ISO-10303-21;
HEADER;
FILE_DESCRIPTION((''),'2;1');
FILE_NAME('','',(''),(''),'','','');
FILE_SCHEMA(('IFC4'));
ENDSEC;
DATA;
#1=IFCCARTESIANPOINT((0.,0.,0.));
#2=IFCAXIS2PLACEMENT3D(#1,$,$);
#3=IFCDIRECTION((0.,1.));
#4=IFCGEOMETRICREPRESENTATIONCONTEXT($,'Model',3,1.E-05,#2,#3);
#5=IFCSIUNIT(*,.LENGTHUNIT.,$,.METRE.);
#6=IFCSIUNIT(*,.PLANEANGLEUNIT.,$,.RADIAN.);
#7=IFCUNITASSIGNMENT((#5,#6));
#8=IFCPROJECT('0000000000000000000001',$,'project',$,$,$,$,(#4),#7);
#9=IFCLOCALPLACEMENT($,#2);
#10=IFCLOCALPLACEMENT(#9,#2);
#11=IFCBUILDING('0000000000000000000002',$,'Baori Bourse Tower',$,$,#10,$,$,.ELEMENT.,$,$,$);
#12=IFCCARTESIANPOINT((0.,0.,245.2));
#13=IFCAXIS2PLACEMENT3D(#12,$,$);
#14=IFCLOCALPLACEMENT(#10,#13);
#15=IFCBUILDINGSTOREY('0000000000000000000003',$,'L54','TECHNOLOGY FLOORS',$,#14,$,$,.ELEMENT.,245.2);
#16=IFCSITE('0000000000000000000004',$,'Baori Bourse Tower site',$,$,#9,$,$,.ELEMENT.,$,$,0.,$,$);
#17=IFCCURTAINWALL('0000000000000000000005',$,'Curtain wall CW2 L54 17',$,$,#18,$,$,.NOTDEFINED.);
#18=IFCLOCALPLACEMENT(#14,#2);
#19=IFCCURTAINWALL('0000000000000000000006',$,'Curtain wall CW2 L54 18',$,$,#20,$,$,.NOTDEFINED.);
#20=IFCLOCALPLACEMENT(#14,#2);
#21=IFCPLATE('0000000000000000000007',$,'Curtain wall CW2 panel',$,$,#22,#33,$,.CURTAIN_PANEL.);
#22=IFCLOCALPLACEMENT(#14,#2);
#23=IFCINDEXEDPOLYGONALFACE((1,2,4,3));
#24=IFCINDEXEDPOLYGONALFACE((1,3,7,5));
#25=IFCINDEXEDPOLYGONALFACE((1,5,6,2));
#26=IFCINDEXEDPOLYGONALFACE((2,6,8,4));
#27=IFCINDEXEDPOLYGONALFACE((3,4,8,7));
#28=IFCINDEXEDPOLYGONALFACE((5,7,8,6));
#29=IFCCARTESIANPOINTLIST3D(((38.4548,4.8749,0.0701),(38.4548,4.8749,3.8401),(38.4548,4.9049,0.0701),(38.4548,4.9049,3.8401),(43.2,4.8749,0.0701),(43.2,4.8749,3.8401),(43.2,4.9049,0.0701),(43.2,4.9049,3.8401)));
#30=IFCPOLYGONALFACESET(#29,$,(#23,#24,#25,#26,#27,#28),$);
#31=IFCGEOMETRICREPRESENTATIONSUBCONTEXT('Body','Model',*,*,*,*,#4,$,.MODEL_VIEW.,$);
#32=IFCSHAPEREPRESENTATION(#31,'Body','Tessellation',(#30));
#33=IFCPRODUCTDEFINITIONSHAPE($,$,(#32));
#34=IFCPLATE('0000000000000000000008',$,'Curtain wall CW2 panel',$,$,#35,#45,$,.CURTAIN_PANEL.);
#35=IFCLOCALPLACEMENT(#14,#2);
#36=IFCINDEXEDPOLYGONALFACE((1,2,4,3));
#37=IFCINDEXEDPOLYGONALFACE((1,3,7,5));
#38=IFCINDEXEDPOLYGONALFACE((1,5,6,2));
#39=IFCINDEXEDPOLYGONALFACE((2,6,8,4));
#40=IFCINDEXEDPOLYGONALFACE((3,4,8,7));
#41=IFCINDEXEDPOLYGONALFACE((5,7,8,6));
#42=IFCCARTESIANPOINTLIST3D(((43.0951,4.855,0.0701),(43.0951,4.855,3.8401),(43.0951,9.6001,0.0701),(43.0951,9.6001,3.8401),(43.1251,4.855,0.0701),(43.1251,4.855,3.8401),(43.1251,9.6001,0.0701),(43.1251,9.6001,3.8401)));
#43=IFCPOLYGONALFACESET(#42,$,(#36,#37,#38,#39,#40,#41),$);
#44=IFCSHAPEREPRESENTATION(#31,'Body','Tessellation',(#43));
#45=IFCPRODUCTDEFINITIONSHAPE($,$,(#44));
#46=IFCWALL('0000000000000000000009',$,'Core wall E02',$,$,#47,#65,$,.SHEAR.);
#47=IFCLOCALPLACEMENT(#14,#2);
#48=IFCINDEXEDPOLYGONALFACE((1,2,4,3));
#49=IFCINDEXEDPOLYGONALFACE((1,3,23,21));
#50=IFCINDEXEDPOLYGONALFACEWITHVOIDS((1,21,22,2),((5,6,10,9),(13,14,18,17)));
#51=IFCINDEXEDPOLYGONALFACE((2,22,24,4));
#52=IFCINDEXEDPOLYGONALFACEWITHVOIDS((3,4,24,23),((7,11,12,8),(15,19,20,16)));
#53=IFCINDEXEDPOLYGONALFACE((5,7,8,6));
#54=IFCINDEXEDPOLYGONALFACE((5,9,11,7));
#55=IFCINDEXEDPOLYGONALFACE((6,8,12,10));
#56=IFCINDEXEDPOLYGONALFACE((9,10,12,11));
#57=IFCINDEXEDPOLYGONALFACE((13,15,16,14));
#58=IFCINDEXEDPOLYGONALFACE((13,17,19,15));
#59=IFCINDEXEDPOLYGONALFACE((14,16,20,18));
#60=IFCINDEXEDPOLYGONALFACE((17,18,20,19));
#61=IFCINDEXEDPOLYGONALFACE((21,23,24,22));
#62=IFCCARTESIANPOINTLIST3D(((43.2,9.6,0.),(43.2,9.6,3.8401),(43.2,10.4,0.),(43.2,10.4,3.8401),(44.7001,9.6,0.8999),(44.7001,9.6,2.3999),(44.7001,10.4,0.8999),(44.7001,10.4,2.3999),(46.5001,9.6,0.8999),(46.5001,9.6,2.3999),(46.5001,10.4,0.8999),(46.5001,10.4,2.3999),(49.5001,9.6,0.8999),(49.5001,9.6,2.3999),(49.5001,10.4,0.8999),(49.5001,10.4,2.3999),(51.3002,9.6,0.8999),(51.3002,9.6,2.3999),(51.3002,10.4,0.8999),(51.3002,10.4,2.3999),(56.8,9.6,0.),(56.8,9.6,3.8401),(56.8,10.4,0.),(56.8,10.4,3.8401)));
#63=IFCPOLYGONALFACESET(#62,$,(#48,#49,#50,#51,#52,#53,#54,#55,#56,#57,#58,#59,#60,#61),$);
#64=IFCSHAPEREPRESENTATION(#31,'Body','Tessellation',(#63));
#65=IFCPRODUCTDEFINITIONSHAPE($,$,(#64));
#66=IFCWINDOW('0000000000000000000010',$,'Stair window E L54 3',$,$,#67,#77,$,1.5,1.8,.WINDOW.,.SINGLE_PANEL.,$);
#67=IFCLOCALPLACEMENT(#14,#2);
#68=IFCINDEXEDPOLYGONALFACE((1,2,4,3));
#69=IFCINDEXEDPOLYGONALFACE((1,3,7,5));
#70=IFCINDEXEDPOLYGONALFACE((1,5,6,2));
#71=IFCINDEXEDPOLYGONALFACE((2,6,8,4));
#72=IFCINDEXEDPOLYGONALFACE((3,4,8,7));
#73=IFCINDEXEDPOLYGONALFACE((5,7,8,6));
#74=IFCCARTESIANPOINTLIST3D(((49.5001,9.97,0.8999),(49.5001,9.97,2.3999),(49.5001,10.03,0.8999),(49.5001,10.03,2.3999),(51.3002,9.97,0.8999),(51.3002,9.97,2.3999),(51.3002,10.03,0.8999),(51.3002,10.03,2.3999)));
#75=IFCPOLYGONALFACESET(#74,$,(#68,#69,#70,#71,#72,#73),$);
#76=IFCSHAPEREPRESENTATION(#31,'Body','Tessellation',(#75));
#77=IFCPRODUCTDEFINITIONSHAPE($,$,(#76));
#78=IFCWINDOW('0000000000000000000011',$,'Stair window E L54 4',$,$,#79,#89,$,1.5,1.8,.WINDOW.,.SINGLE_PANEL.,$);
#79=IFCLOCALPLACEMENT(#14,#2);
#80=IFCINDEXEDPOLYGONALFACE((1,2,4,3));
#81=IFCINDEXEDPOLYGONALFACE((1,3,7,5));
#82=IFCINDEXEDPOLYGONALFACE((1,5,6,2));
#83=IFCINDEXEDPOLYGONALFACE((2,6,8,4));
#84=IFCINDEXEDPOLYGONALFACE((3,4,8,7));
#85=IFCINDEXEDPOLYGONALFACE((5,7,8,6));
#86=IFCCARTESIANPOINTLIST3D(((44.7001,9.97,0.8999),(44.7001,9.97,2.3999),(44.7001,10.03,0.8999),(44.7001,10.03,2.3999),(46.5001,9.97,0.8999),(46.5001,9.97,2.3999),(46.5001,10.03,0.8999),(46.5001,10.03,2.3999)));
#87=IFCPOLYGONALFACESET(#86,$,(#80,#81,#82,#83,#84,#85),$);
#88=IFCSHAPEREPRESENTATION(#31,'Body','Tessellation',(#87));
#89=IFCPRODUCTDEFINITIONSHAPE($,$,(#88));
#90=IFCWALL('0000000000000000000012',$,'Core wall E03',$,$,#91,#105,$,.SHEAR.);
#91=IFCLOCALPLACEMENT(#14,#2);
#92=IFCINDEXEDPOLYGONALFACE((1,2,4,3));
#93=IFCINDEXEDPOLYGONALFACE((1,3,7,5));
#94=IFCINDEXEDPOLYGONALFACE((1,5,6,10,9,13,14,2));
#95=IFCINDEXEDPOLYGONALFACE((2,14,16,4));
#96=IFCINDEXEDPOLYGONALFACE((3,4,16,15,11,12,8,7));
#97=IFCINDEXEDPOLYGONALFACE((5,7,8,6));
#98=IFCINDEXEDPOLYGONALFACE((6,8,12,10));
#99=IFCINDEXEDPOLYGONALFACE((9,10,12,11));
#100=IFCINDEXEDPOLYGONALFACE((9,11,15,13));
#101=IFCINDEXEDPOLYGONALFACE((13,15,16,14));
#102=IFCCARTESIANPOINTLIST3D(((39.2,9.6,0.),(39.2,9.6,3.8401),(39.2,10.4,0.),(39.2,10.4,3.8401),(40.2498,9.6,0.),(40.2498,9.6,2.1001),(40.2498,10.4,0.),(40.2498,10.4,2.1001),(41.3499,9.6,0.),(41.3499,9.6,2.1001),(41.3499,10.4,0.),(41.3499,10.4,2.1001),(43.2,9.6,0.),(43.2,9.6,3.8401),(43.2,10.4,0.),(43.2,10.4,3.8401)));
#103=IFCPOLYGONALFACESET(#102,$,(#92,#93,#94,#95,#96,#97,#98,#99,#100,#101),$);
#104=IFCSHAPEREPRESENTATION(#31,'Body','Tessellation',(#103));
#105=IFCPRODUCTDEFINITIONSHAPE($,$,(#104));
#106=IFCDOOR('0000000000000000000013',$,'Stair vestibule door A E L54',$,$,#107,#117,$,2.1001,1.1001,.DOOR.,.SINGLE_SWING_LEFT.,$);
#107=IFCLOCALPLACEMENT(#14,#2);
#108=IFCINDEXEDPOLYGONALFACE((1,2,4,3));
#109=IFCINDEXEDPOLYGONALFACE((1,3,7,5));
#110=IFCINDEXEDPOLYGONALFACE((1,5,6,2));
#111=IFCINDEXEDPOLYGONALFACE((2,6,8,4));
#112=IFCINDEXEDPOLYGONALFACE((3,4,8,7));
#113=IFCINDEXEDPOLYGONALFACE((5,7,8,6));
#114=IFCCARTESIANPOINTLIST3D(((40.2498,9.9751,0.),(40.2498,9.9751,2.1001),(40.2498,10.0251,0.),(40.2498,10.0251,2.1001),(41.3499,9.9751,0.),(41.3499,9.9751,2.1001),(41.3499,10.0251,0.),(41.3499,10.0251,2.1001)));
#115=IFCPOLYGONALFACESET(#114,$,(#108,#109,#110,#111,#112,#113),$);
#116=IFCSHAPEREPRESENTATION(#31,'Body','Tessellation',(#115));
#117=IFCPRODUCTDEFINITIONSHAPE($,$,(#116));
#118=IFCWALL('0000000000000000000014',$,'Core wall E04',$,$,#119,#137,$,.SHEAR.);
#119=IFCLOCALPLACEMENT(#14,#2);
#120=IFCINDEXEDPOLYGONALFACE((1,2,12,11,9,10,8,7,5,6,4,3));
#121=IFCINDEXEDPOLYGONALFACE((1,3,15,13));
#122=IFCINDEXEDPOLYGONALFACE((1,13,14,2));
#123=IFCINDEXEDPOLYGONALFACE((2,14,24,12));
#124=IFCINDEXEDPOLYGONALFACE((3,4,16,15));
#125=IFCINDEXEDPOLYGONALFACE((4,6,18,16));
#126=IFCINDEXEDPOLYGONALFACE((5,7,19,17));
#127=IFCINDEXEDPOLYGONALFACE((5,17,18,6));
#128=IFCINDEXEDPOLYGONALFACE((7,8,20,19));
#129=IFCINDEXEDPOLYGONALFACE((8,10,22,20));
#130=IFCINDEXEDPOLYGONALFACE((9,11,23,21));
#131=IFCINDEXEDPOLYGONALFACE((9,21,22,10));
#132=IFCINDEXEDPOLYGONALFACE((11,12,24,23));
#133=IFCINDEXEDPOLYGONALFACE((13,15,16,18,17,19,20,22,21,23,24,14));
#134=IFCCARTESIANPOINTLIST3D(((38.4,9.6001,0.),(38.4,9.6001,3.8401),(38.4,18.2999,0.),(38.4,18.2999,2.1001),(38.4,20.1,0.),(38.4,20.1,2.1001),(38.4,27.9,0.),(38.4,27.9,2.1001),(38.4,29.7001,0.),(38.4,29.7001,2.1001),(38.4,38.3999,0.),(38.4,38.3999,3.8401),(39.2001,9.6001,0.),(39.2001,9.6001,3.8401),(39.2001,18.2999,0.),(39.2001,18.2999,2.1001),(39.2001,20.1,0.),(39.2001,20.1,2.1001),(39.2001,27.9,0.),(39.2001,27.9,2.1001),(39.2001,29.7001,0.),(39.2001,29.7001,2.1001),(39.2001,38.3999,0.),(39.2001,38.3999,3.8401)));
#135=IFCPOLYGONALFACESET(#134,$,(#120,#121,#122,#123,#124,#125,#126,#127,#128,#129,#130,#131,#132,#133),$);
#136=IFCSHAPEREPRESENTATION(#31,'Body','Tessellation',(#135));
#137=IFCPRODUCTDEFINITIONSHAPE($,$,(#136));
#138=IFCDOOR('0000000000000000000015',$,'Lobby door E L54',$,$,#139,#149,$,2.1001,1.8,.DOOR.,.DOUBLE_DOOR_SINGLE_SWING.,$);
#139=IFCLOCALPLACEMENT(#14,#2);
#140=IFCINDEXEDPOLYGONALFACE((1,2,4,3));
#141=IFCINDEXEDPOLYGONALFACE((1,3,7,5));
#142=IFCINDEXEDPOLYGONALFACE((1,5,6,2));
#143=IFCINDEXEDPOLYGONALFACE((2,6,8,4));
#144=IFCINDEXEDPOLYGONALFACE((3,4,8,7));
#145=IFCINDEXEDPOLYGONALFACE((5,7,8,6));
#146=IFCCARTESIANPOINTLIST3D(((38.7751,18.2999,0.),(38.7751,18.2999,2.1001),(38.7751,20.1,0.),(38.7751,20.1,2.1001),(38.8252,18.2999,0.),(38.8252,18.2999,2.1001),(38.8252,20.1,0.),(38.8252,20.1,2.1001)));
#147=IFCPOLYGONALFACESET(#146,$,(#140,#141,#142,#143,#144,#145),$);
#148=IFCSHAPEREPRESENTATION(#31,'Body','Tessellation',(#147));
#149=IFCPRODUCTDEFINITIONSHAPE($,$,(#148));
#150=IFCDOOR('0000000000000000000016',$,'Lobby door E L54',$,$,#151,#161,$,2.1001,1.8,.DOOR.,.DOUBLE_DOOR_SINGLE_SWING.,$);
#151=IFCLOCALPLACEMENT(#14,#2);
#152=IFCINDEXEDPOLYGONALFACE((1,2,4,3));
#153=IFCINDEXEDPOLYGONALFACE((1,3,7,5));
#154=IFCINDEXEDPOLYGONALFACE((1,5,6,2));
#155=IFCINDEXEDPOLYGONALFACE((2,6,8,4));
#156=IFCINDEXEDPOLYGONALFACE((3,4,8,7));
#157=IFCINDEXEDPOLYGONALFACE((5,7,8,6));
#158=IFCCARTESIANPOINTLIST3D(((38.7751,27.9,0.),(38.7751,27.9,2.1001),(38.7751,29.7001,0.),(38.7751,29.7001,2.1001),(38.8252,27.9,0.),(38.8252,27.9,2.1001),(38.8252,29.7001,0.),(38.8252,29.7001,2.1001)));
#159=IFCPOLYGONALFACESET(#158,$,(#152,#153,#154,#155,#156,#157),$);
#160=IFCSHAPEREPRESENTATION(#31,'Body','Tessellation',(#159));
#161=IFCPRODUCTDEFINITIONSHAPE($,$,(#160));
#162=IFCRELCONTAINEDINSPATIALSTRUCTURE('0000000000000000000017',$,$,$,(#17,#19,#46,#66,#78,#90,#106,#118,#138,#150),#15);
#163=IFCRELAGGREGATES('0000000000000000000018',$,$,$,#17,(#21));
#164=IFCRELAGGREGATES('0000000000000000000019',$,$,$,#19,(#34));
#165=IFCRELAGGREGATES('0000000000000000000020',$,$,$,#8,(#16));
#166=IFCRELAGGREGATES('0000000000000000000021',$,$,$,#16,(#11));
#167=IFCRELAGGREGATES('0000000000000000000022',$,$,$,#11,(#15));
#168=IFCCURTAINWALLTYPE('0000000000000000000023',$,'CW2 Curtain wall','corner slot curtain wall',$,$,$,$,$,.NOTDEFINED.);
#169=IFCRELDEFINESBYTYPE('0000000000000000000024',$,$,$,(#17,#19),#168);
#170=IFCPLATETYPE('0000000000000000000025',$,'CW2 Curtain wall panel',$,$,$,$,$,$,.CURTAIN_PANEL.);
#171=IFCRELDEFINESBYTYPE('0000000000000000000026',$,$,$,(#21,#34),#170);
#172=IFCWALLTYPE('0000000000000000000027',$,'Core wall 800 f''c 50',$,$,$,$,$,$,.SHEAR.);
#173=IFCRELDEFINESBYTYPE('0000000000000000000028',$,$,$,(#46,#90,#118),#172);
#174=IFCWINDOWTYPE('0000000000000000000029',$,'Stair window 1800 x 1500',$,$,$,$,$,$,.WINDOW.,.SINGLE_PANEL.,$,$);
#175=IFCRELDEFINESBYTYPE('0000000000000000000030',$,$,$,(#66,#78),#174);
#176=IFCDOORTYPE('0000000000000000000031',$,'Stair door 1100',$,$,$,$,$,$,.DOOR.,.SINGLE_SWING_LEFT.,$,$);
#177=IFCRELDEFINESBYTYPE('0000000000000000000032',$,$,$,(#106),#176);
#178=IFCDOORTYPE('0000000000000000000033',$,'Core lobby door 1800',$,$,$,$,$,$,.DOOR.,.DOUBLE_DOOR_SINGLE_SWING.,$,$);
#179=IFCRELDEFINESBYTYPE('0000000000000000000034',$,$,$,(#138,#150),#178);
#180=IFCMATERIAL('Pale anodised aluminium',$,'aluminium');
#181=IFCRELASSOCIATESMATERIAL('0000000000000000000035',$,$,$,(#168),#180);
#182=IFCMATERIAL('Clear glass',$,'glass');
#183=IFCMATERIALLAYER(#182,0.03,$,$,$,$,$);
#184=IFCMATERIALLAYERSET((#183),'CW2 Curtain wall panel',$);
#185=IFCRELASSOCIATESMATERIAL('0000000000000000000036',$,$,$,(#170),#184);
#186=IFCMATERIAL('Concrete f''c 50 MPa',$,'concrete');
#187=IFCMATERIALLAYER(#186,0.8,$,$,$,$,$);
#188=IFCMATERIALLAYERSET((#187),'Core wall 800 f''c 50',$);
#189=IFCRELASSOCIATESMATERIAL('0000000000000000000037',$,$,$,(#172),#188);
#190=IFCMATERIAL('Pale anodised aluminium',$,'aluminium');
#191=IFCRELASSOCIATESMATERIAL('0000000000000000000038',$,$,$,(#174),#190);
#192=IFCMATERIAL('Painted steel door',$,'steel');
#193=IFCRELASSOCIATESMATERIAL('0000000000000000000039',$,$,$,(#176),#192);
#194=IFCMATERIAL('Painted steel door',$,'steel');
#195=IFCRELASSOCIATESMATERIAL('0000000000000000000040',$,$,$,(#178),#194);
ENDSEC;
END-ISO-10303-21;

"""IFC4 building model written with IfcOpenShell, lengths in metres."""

from ifc_helpers import new_model, si_unit, direction, frame, frame_2d, origin, origin_2d, place, context, subcontext, project, spatial, rectangle, extrude, material, layer, layer_set, type_object, element, fill, aggregate, save


model = new_model("IFC4")

# Units and contexts
model_context = context("Model", 3, precision=1e-05, world=origin(), true_north=direction((0.0, 1.0)))
body_context = subcontext(model_context, "Body", "Model", "MODEL_VIEW")
ifc_project = project(units=[si_unit("LENGTHUNIT", "METRE"), si_unit("PLANEANGLEUNIT", "RADIAN")], contexts=[model_context])

# Site, building, storey
site_placement = place(None, origin())
site = spatial("IfcSite", under=ifc_project, at=site_placement, Name="Baori Bourse Tower site", CompositionType="ELEMENT", RefElevation=0.0)
building_placement = place(site_placement, origin())
building = spatial("IfcBuilding", under=site, at=building_placement, Name="Baori Bourse Tower", CompositionType="ELEMENT")
storey_placement = place(building_placement, frame((0.0, 0.0, 245.2)))
storey = spatial("IfcBuildingStorey", under=building, at=storey_placement, Name="L54", Description="TECHNOLOGY FLOORS", CompositionType="ELEMENT", Elevation=245.2)

# Curtain walls
ifc_material_1 = material(Name="Pale anodised aluminium", Category="aluminium")
curtain_wall_type = type_object("IfcCurtainWallType", Name="CW2 Curtain wall", Description="corner slot curtain wall", PredefinedType="NOTDEFINED", material=ifc_material_1)
curtain_wall_1_placement = place(storey_placement, origin())
curtain_wall_1 = element("IfcCurtainWall", 1, at=curtain_wall_1_placement, inside=storey, type_object=curtain_wall_type, Name="Curtain wall CW2 L54 17", PredefinedType="NOTDEFINED")
curtain_wall_2_placement = place(storey_placement, origin())
curtain_wall_2 = element("IfcCurtainWall", 2, at=curtain_wall_2_placement, inside=storey, type_object=curtain_wall_type, Name="Curtain wall CW2 L54 18", PredefinedType="NOTDEFINED")

# Plates
ifc_material_2 = material(Name="Clear glass", Category="glass")
ifc_layer_1 = layer(ifc_material_2, 0.03)
ifc_layer_set_1 = layer_set([ifc_layer_1], Name="CW2 Curtain wall panel")
plate_type = type_object("IfcPlateType", Name="CW2 Curtain wall panel", PredefinedType="CURTAIN_PANEL", material=ifc_layer_set_1)
plate_1_placement = place(storey_placement, frame((40.8274, 4.8899, 0.0701), z_axis=(0.0, 0.0, 1.0), x_axis=(1.0, 0.0, 0.0)))
plate_1 = element("IfcPlate", 3, at=plate_1_placement, type_object=plate_type, Name="Curtain wall CW2 panel", PredefinedType="CURTAIN_PANEL", context=body_context, shape_type="SweptSolid", body=[
    extrude(rectangle(XDim=4.7451, YDim=0.03, at=origin_2d()), origin(), (0.0, 0.0, 1.0), 3.77),
])
aggregate(curtain_wall_1, [plate_1])
plate_2_placement = place(storey_placement, frame((43.1101, 7.2275, 0.0701), z_axis=(0.0, 0.0, 1.0), x_axis=(0.0, 1.0, 0.0)))
plate_2 = element("IfcPlate", 4, at=plate_2_placement, type_object=plate_type, Name="Curtain wall CW2 panel", PredefinedType="CURTAIN_PANEL", context=body_context, shape_type="SweptSolid", body=[
    extrude(rectangle(XDim=4.7451, YDim=0.03, at=origin_2d()), origin(), (0.0, 0.0, 1.0), 3.77),
])
aggregate(curtain_wall_2, [plate_2])

# Wall, openings, windows
ifc_material_3 = material(Name="Concrete f'c 50 MPa", Category="concrete")
ifc_layer_2 = layer(ifc_material_3, 0.8)
ifc_layer_set_2 = layer_set([ifc_layer_2], Name="Core wall 800 f'c 50")
wall_type_1 = type_object("IfcWallType", Name="Core wall 800 f'c 50", PredefinedType="SHEAR", material=ifc_layer_set_2)
wall_1_placement = place(storey_placement, frame((56.8, 10.0, 0.0), z_axis=(0.0, 0.0, 1.0), x_axis=(-1.0, 0.0, 0.0)))
wall_1 = element("IfcWall", 5, at=wall_1_placement, inside=storey, type_object=wall_type_1, Name="Core wall E02", PredefinedType="SHEAR", context=body_context, shape_type="SweptSolid", body=[
    extrude(rectangle(XDim=13.6001, YDim=0.8, at=frame_2d((6.8, 0.0))), origin(), (0.0, 0.0, 1.0), 3.8401),
])
opening_1_placement = place(wall_1_placement, frame((5.5, 0.0, 0.8999)))
opening_1 = element("IfcOpeningElement", 6, at=opening_1_placement, cuts=wall_1, PredefinedType="OPENING", context=body_context, shape_type="SweptSolid", body=[
    extrude(rectangle(XDim=1.8, YDim=1.5, at=frame_2d((0.8999, 0.75))), frame((0.0, 0.4099, 0.0), z_axis=(0.0, -1.0, 0.0), x_axis=(1.0, 0.0, 0.0)), (0.0, 0.0, 1.0), 0.8201),
])
opening_2_placement = place(wall_1_placement, frame((10.3, 0.0, 0.8999)))
opening_2 = element("IfcOpeningElement", 7, at=opening_2_placement, cuts=wall_1, PredefinedType="OPENING", context=body_context, shape_type="SweptSolid", body=[
    extrude(rectangle(XDim=1.8, YDim=1.5, at=frame_2d((0.8999, 0.75))), frame((0.0, 0.4099, 0.0), z_axis=(0.0, -1.0, 0.0), x_axis=(1.0, 0.0, 0.0)), (0.0, 0.0, 1.0), 0.8201),
])
ifc_material_4 = material(Name="Pale anodised aluminium", Category="aluminium")
window_type = type_object("IfcWindowType", Name="Stair window 1800 x 1500", PartitioningType="SINGLE_PANEL", PredefinedType="WINDOW", material=ifc_material_4)
window_1_placement = place(opening_1_placement, origin())
window_1 = element("IfcWindow", 8, at=window_1_placement, inside=storey, type_object=window_type, Name="Stair window E L54 3", OverallHeight=1.5, OverallWidth=1.8, PartitioningType="SINGLE_PANEL", PredefinedType="WINDOW", context=body_context, shape_type="SweptSolid", body=[
    extrude(rectangle(XDim=1.8, YDim=1.5, at=frame_2d((0.8999, 0.75))), frame((0.0, 0.03, 0.0), z_axis=(0.0, -1.0, 0.0), x_axis=(1.0, 0.0, 0.0)), (0.0, 0.0, 1.0), 0.0601),
])
fill(opening_1, window_1)
window_2_placement = place(opening_2_placement, origin())
window_2 = element("IfcWindow", 9, at=window_2_placement, inside=storey, type_object=window_type, Name="Stair window E L54 4", OverallHeight=1.5, OverallWidth=1.8, PartitioningType="SINGLE_PANEL", PredefinedType="WINDOW", context=body_context, shape_type="SweptSolid", body=[
    extrude(rectangle(XDim=1.8, YDim=1.5, at=frame_2d((0.8999, 0.75))), frame((0.0, 0.03, 0.0), z_axis=(0.0, -1.0, 0.0), x_axis=(1.0, 0.0, 0.0)), (0.0, 0.0, 1.0), 0.0601),
])
fill(opening_2, window_2)

# Wall, opening, door
wall_2_placement = place(storey_placement, frame((43.2, 10.0, 0.0), z_axis=(0.0, 0.0, 1.0), x_axis=(-1.0, 0.0, 0.0)))
wall_2 = element("IfcWall", 10, at=wall_2_placement, inside=storey, type_object=wall_type_1, Name="Core wall E03", PredefinedType="SHEAR", context=body_context, shape_type="SweptSolid", body=[
    extrude(rectangle(XDim=4.0, YDim=0.8, at=frame_2d((2.0, 0.0))), origin(), (0.0, 0.0, 1.0), 3.8401),
])
opening_3_placement = place(wall_2_placement, frame((1.8501, 0.0, 0.0)))
opening_3 = element("IfcOpeningElement", 11, at=opening_3_placement, cuts=wall_2, PredefinedType="OPENING", context=body_context, shape_type="SweptSolid", body=[
    extrude(rectangle(XDim=1.1001, YDim=2.1001, at=frame_2d((0.55, 1.05))), frame((0.0, 0.4099, 0.0), z_axis=(0.0, -1.0, 0.0), x_axis=(1.0, 0.0, 0.0)), (0.0, 0.0, 1.0), 0.8201),
])
ifc_material_5 = material(Name="Painted steel door", Category="steel")
door_type_1 = type_object("IfcDoorType", Name="Stair door 1100", OperationType="SINGLE_SWING_LEFT", PredefinedType="DOOR", material=ifc_material_5)
door_1_placement = place(opening_3_placement, origin())
door_1 = element("IfcDoor", 12, at=door_1_placement, inside=storey, type_object=door_type_1, Name="Stair vestibule door A E L54", OperationType="SINGLE_SWING_LEFT", OverallHeight=2.1001, OverallWidth=1.1001, PredefinedType="DOOR", context=body_context, shape_type="SweptSolid", body=[
    extrude(rectangle(XDim=1.1001, YDim=2.1001, at=frame_2d((0.55, 1.05))), frame((0.0, 0.0249, 0.0), z_axis=(0.0, -1.0, 0.0), x_axis=(1.0, 0.0, 0.0)), (0.0, 0.0, 1.0), 0.05),
])
fill(opening_3, door_1)

# Wall, openings, doors
wall_3_placement = place(storey_placement, frame((38.8, 9.6001, 0.0), z_axis=(0.0, 0.0, 1.0), x_axis=(0.0, 1.0, 0.0)))
wall_3 = element("IfcWall", 13, at=wall_3_placement, inside=storey, type_object=wall_type_1, Name="Core wall E04", PredefinedType="SHEAR", context=body_context, shape_type="SweptSolid", body=[
    extrude(rectangle(XDim=28.7998, YDim=0.8, at=frame_2d((14.3999, 0.0))), origin(), (0.0, 0.0, 1.0), 3.8401),
])
opening_4_placement = place(wall_3_placement, frame((8.7, 0.0, 0.0)))
opening_4 = element("IfcOpeningElement", 14, at=opening_4_placement, cuts=wall_3, PredefinedType="OPENING", context=body_context, shape_type="SweptSolid", body=[
    extrude(rectangle(XDim=1.8, YDim=2.1001, at=frame_2d((0.8999, 1.05))), frame((0.0, 0.4099, 0.0), z_axis=(0.0, -1.0, 0.0), x_axis=(1.0, 0.0, 0.0)), (0.0, 0.0, 1.0), 0.8201),
])
opening_5_placement = place(wall_3_placement, frame((18.3, 0.0, 0.0)))
opening_5 = element("IfcOpeningElement", 15, at=opening_5_placement, cuts=wall_3, PredefinedType="OPENING", context=body_context, shape_type="SweptSolid", body=[
    extrude(rectangle(XDim=1.8, YDim=2.1001, at=frame_2d((0.8999, 1.05))), frame((0.0, 0.4099, 0.0), z_axis=(0.0, -1.0, 0.0), x_axis=(1.0, 0.0, 0.0)), (0.0, 0.0, 1.0), 0.8201),
])
ifc_material_6 = material(Name="Painted steel door", Category="steel")
door_type_2 = type_object("IfcDoorType", Name="Core lobby door 1800", OperationType="DOUBLE_DOOR_SINGLE_SWING", PredefinedType="DOOR", material=ifc_material_6)
door_2_placement = place(opening_4_placement, origin())
door_2 = element("IfcDoor", 16, at=door_2_placement, inside=storey, type_object=door_type_2, Name="Lobby door E L54", OperationType="DOUBLE_DOOR_SINGLE_SWING", OverallHeight=2.1001, OverallWidth=1.8, PredefinedType="DOOR", context=body_context, shape_type="SweptSolid", body=[
    extrude(rectangle(XDim=1.8, YDim=2.1001, at=frame_2d((0.8999, 1.05))), frame((0.0, 0.0249, 0.0), z_axis=(0.0, -1.0, 0.0), x_axis=(1.0, 0.0, 0.0)), (0.0, 0.0, 1.0), 0.05),
])
fill(opening_4, door_2)
door_3_placement = place(opening_5_placement, origin())
door_3 = element("IfcDoor", 17, at=door_3_placement, inside=storey, type_object=door_type_2, Name="Lobby door E L54", OperationType="DOUBLE_DOOR_SINGLE_SWING", OverallHeight=2.1001, OverallWidth=1.8, PredefinedType="DOOR", context=body_context, shape_type="SweptSolid", body=[
    extrude(rectangle(XDim=1.8, YDim=2.1001, at=frame_2d((0.8999, 1.05))), frame((0.0, 0.0249, 0.0), z_axis=(0.0, -1.0, 0.0), x_axis=(1.0, 0.0, 0.0)), (0.0, 0.0, 1.0), 0.05),
])
fill(opening_5, door_3)

save(model, "model.ifc")
